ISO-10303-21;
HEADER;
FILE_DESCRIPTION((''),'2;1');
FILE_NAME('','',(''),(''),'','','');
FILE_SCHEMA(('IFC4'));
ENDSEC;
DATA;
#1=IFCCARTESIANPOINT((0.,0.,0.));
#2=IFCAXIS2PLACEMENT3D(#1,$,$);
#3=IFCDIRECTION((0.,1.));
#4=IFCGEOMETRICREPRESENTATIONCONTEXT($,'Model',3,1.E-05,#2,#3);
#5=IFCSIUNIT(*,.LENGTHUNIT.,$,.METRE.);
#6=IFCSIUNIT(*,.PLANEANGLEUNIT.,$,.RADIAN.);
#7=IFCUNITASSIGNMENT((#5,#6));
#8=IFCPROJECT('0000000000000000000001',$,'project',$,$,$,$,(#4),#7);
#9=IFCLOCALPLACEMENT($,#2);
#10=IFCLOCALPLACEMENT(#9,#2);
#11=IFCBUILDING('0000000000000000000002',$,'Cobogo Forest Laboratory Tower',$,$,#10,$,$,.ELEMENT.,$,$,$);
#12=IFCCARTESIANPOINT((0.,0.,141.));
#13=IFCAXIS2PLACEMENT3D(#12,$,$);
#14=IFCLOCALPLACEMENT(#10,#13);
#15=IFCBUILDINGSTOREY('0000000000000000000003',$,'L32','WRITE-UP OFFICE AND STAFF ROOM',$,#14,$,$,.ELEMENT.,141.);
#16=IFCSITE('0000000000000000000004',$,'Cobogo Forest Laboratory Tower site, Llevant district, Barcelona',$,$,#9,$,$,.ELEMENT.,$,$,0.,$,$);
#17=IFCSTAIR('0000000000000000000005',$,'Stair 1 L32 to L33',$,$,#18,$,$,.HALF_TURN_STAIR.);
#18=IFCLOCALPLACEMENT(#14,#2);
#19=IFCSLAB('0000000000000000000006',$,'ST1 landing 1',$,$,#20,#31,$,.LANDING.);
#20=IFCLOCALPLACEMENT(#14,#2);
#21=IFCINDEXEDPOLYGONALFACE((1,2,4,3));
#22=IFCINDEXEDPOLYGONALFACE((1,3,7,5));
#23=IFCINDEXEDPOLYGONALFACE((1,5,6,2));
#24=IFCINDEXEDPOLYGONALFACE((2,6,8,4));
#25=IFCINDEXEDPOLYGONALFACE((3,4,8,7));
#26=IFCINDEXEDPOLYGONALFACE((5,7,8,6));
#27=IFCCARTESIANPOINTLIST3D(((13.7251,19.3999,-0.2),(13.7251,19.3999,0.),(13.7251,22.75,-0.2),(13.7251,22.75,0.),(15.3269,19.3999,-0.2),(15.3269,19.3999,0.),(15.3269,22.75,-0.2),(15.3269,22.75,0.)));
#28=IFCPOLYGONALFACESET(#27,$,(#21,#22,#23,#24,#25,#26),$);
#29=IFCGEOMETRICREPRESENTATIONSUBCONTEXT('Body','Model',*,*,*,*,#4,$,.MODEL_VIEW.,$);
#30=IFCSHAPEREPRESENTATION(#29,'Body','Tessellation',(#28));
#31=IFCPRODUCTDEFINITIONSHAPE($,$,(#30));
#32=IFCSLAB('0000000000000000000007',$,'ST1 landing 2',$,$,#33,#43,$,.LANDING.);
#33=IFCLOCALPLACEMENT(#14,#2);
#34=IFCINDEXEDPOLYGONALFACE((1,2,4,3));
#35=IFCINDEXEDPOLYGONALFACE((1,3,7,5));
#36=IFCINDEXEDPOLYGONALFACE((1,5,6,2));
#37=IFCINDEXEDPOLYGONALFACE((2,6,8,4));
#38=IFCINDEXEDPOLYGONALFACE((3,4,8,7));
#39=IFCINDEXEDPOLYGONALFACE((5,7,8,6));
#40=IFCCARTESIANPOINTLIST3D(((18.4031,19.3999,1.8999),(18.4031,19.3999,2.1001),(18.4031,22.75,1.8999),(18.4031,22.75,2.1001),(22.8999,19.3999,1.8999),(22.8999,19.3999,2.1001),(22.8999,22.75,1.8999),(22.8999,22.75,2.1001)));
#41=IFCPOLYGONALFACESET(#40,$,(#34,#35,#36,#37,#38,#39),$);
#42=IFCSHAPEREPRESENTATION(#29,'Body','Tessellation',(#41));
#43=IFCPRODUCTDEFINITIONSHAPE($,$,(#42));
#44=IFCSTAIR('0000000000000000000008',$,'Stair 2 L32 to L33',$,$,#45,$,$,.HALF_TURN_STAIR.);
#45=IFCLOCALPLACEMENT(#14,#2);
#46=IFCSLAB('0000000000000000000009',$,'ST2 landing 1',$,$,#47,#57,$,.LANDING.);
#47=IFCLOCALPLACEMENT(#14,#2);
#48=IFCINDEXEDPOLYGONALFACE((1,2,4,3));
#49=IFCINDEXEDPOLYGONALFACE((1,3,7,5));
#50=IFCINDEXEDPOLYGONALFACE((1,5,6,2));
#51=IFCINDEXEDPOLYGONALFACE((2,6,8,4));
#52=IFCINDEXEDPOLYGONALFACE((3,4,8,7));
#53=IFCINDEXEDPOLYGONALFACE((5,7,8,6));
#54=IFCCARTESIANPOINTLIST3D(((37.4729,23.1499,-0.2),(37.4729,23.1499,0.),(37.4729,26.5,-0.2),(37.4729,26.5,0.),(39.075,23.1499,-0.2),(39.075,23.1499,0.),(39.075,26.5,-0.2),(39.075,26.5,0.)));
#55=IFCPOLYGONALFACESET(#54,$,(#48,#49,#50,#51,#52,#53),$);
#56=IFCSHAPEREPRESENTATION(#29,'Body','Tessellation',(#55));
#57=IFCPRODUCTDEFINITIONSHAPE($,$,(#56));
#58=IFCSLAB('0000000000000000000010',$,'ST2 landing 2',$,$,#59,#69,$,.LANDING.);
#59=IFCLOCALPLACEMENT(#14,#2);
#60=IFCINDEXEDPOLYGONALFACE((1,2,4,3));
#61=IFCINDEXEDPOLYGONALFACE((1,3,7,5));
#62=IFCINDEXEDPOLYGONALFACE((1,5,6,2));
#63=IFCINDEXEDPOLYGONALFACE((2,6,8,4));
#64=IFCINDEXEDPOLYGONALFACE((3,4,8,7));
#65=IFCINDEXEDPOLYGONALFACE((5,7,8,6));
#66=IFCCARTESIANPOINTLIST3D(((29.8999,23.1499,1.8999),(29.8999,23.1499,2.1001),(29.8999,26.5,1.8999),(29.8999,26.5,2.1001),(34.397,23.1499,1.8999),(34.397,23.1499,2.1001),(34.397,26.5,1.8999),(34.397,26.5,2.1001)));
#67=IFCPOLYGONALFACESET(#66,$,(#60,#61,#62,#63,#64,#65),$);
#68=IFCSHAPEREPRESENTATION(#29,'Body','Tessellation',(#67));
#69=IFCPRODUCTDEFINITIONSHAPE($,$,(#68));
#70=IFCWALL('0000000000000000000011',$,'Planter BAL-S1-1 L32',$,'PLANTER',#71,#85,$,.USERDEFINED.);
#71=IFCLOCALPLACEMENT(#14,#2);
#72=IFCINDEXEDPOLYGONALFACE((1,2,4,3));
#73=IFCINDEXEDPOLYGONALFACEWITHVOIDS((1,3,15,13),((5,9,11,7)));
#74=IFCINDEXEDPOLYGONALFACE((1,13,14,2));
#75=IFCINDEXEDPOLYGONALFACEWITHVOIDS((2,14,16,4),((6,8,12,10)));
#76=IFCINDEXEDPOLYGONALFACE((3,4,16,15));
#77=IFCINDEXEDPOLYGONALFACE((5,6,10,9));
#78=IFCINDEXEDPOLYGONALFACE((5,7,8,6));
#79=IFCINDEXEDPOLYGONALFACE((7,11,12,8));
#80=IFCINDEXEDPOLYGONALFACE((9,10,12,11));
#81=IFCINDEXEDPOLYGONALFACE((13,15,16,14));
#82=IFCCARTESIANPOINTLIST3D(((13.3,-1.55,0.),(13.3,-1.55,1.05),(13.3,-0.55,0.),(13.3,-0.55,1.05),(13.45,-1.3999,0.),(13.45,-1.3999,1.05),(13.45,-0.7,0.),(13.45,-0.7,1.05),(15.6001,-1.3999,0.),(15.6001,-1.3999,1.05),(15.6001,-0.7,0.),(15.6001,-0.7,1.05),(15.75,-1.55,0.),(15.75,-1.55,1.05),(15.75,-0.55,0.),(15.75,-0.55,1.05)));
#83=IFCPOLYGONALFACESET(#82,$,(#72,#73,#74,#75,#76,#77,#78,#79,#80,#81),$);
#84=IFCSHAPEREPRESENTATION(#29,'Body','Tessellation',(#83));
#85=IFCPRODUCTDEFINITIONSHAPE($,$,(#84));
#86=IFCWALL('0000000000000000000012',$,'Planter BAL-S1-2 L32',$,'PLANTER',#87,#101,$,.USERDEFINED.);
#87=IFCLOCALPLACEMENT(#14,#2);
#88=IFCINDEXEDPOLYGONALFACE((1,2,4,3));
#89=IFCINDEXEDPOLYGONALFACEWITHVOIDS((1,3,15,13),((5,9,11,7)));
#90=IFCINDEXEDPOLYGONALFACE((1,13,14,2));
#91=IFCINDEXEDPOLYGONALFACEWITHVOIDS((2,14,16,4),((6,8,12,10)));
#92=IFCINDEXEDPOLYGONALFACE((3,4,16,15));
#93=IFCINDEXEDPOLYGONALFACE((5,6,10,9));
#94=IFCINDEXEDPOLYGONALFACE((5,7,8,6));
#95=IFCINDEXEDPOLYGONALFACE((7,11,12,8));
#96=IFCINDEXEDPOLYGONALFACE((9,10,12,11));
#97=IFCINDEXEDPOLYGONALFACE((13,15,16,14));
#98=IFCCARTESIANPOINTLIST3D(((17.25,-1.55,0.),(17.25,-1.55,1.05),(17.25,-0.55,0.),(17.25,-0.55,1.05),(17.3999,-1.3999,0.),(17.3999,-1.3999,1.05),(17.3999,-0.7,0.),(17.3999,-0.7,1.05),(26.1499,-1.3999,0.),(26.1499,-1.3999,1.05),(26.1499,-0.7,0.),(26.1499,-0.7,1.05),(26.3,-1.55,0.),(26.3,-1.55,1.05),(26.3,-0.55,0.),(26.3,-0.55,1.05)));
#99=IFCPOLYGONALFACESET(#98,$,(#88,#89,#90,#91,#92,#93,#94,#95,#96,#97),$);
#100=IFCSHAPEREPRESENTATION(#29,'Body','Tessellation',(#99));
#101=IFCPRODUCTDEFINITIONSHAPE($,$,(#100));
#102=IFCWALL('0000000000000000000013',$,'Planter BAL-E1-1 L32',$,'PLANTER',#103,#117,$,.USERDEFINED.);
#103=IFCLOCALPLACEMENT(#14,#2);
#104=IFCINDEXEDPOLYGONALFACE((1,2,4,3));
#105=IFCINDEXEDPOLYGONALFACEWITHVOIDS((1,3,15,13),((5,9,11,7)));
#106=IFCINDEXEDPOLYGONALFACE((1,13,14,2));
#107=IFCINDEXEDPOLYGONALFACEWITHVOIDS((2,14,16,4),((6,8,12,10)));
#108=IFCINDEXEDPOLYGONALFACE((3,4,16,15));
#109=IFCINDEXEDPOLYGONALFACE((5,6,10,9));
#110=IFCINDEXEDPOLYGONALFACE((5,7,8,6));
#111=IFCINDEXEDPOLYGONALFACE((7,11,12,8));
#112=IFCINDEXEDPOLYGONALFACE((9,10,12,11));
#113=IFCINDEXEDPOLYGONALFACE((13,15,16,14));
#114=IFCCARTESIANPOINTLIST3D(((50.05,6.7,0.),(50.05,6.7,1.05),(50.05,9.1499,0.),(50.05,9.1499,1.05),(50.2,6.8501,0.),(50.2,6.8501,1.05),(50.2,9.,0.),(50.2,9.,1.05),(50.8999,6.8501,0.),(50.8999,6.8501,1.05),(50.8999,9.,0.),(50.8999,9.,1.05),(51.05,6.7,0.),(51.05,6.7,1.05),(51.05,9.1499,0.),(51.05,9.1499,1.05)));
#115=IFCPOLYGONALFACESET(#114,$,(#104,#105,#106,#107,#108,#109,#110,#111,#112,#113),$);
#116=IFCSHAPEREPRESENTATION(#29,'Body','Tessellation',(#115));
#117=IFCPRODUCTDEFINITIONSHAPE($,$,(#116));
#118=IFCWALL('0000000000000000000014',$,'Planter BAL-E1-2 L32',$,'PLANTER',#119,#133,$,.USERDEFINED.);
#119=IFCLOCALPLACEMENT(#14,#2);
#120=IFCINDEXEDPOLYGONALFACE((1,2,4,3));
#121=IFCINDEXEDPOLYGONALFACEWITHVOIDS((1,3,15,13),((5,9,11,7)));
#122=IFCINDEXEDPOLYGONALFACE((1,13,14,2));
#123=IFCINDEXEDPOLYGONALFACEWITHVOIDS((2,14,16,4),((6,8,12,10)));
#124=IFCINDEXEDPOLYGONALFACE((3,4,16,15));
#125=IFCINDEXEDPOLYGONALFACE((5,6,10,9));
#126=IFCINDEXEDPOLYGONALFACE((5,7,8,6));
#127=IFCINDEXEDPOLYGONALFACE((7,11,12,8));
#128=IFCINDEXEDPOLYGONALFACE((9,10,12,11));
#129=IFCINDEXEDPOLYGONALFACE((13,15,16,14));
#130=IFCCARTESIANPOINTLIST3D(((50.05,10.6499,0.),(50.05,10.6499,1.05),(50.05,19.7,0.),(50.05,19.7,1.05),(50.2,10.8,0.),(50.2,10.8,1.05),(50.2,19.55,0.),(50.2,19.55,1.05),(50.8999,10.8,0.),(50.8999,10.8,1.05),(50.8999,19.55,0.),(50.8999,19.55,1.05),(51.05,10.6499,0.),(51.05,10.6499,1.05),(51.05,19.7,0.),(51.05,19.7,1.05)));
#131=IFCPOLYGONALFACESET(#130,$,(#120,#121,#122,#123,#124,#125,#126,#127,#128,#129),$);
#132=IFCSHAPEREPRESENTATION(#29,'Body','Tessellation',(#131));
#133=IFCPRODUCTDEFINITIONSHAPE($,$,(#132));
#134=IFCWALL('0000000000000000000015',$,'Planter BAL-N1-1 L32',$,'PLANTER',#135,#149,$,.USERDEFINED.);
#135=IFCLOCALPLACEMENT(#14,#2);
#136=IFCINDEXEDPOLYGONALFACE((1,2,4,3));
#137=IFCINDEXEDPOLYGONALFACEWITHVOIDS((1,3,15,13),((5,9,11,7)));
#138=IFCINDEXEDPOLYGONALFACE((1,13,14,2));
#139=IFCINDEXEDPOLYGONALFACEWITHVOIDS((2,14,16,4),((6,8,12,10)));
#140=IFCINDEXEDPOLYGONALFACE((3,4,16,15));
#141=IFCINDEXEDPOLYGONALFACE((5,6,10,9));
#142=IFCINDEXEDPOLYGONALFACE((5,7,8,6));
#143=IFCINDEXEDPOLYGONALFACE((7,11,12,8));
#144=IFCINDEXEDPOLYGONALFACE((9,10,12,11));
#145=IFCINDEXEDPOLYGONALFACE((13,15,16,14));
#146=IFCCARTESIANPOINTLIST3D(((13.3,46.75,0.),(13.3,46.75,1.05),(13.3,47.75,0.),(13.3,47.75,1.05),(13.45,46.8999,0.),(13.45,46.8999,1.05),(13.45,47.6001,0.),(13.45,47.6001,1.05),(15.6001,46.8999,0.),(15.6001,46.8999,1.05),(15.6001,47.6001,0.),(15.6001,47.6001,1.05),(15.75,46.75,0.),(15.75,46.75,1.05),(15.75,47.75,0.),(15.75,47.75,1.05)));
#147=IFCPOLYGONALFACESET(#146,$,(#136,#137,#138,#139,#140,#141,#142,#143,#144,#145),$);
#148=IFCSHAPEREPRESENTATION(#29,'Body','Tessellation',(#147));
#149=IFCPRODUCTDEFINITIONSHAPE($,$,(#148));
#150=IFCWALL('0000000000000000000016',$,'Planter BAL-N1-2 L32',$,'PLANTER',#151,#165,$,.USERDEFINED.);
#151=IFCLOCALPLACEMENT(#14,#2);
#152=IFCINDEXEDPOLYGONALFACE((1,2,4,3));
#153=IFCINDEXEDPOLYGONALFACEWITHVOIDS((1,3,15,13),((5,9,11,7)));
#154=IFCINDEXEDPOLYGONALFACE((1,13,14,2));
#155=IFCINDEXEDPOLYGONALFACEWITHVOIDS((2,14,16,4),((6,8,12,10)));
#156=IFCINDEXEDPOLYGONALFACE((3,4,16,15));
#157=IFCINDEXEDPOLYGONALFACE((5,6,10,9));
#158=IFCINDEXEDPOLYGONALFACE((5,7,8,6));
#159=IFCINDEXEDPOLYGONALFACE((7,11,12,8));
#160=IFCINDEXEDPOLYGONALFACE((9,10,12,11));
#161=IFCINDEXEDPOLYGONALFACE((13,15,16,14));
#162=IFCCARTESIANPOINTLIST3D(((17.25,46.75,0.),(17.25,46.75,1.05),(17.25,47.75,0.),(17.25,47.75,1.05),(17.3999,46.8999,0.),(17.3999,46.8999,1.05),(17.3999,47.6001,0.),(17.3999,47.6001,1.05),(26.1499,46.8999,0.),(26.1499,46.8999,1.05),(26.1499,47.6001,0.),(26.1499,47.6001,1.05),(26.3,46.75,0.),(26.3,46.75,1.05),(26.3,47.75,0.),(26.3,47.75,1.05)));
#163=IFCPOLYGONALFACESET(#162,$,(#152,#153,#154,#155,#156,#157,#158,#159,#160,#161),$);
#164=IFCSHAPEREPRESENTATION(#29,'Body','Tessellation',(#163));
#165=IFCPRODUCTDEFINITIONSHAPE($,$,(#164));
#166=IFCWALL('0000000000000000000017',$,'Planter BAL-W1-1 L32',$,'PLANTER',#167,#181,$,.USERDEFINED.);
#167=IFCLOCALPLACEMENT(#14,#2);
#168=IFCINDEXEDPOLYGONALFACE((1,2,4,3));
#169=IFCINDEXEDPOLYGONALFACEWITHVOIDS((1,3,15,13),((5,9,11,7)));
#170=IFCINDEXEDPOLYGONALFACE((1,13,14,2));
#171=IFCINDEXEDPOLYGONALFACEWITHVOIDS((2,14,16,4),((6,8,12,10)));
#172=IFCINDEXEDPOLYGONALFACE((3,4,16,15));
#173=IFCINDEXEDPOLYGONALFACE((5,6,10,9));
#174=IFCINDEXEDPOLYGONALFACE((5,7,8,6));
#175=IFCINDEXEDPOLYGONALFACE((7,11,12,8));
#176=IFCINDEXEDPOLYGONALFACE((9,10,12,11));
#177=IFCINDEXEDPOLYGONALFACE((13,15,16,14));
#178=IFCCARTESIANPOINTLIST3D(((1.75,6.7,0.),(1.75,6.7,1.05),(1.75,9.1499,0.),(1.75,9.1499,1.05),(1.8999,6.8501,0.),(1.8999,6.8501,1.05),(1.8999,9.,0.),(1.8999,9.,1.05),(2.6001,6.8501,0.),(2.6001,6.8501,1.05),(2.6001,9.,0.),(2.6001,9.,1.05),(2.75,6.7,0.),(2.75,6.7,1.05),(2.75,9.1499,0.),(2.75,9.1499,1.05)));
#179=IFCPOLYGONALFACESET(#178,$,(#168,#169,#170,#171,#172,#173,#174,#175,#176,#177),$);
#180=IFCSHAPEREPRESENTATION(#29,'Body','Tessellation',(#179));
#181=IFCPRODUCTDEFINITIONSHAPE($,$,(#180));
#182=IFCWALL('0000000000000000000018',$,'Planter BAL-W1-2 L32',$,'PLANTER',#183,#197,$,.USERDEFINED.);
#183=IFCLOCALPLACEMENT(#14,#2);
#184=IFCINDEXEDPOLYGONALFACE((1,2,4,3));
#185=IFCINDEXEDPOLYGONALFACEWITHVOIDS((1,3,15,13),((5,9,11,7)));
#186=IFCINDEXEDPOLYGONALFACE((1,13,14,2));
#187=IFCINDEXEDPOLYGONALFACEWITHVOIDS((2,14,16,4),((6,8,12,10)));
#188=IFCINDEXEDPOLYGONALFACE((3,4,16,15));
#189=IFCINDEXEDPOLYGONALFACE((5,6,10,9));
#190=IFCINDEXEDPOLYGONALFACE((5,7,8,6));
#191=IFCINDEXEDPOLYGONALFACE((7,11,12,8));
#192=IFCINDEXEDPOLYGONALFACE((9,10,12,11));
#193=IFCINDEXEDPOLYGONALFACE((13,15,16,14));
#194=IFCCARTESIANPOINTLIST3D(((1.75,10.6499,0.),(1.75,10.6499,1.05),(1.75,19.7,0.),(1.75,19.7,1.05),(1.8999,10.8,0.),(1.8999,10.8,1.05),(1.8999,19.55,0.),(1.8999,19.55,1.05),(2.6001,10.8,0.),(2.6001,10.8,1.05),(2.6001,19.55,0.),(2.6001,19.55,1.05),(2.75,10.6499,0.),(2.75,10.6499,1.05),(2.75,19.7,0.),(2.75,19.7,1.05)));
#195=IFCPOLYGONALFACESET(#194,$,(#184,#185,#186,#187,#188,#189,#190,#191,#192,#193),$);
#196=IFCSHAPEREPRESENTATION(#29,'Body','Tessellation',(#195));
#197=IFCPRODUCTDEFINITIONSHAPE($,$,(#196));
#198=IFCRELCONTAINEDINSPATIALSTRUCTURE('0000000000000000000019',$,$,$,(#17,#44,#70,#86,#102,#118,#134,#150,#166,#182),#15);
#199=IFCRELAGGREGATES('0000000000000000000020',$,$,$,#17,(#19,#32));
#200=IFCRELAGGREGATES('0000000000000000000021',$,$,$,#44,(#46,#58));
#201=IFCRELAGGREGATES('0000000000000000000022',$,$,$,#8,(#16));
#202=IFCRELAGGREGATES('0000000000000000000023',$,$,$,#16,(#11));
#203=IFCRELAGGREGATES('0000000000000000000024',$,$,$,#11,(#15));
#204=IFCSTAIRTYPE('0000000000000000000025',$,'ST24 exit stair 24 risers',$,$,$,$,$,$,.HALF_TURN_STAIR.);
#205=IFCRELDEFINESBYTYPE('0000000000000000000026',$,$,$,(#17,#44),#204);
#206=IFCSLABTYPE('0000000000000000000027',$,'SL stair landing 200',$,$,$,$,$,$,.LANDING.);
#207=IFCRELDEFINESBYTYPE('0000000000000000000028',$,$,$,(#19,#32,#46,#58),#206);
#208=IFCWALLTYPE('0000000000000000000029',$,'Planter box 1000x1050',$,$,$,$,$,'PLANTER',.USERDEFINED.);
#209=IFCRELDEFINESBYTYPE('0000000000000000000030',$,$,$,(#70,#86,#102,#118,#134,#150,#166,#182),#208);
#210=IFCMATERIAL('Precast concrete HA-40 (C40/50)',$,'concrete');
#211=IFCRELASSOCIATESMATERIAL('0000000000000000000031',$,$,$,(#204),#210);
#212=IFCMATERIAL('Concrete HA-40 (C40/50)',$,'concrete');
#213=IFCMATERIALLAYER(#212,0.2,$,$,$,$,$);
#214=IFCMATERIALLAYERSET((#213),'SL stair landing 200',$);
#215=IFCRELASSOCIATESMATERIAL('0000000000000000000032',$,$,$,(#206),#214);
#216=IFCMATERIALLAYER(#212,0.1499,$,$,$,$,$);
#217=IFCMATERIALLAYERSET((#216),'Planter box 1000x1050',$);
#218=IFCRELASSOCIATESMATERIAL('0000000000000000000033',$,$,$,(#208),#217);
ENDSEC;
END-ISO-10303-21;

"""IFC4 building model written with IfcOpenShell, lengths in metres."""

from ifc_helpers import new_model, si_unit, direction, frame, origin, place, context, subcontext, project, spatial, polyline, outline, extrude, material, layer, layer_set, type_object, element, aggregate, save


model = new_model("IFC4")

# Units and contexts
model_context = context("Model", 3, precision=1e-05, world=origin(), true_north=direction((0.0, 1.0)))
body_context = subcontext(model_context, "Body", "Model", "MODEL_VIEW")
ifc_project = project(units=[si_unit("LENGTHUNIT", "METRE"), si_unit("PLANEANGLEUNIT", "RADIAN")], contexts=[model_context])

# Site, building, storey
site_placement = place(None, origin())
site = spatial("IfcSite", under=ifc_project, at=site_placement, Name="Cobogo Forest Laboratory Tower site, Llevant district, Barcelona", CompositionType="ELEMENT", RefElevation=0.0)
building_placement = place(site_placement, origin())
building = spatial("IfcBuilding", under=site, at=building_placement, Name="Cobogo Forest Laboratory Tower", CompositionType="ELEMENT")
storey_placement = place(building_placement, frame((0.0, 0.0, 141.0)))
storey = spatial("IfcBuildingStorey", under=building, at=storey_placement, Name="L32", Description="WRITE-UP OFFICE AND STAFF ROOM", CompositionType="ELEMENT", Elevation=141.0)

# Shared definitions
ifc_material_1 = material(Name="Concrete HA-40 (C40/50)", Category="concrete")

# Stairs, slabs
ifc_material_2 = material(Name="Precast concrete HA-40 (C40/50)", Category="concrete")
stair_type = type_object("IfcStairType", Name="ST24 exit stair 24 risers", PredefinedType="HALF_TURN_STAIR", material=ifc_material_2)
stair_1_placement = place(storey_placement, origin())
stair_1 = element("IfcStair", 1, at=stair_1_placement, inside=storey, type_object=stair_type, Name="Stair 1 L32 to L33", PredefinedType="HALF_TURN_STAIR")
ifc_layer_1 = layer(ifc_material_1, 0.2)
ifc_layer_set_1 = layer_set([ifc_layer_1], Name="SL stair landing 200")
slab_type_1 = type_object("IfcSlabType", Name="SL stair landing 200", PredefinedType="LANDING", material=ifc_layer_set_1)
slab_1_placement = place(storey_placement, frame((0.0, 0.0, -0.2)))
slab_1 = element("IfcSlab", 2, at=slab_1_placement, type_object=slab_type_1, Name="ST1 landing 1", PredefinedType="LANDING", context=body_context, shape_type="SweptSolid", body=[
    extrude(outline(polyline([(13.7251, 19.3999), (15.3269, 19.3999), (15.3269, 22.75), (13.7251, 22.75), (13.7251, 19.3999)])), origin(), (0.0, 0.0, 1.0), 0.2),
])
slab_2_placement = place(storey_placement, frame((0.0, 0.0, 1.8999)))
slab_2 = element("IfcSlab", 3, at=slab_2_placement, type_object=slab_type_1, Name="ST1 landing 2", PredefinedType="LANDING", context=body_context, shape_type="SweptSolid", body=[
    extrude(outline(polyline([(18.4031, 19.3999), (22.8999, 19.3999), (22.8999, 22.75), (18.4031, 22.75), (18.4031, 19.3999)])), origin(), (0.0, 0.0, 1.0), 0.2002),
])
aggregate(stair_1, [slab_1, slab_2])
stair_2_placement = place(storey_placement, origin())
stair_2 = element("IfcStair", 4, at=stair_2_placement, inside=storey, type_object=stair_type, Name="Stair 2 L32 to L33", PredefinedType="HALF_TURN_STAIR")
slab_3_placement = place(storey_placement, frame((0.0, 0.0, -0.2)))
slab_3 = element("IfcSlab", 5, at=slab_3_placement, type_object=slab_type_1, Name="ST2 landing 1", PredefinedType="LANDING", context=body_context, shape_type="SweptSolid", body=[
    extrude(outline(polyline([(37.4729, 23.1499), (39.075, 23.1499), (39.075, 26.5), (37.4729, 26.5), (37.4729, 23.1499)])), origin(), (0.0, 0.0, 1.0), 0.2),
])
slab_4_placement = place(storey_placement, frame((0.0, 0.0, 1.8999)))
slab_4 = element("IfcSlab", 6, at=slab_4_placement, type_object=slab_type_1, Name="ST2 landing 2", PredefinedType="LANDING", context=body_context, shape_type="SweptSolid", body=[
    extrude(outline(polyline([(29.8999, 23.1499), (34.397, 23.1499), (34.397, 26.5), (29.8999, 26.5), (29.8999, 23.1499)])), origin(), (0.0, 0.0, 1.0), 0.2002),
])
aggregate(stair_2, [slab_3, slab_4])

# Walls
ifc_layer_2 = layer(ifc_material_1, 0.1499)
ifc_layer_set_2 = layer_set([ifc_layer_2], Name="Planter box 1000x1050")
wall_type = type_object("IfcWallType", Name="Planter box 1000x1050", ElementType="PLANTER", PredefinedType="USERDEFINED", material=ifc_layer_set_2)
wall_1_placement = place(storey_placement, origin())
element("IfcWall", 7, at=wall_1_placement, inside=storey, type_object=wall_type, Name="Planter BAL-S1-1 L32", ObjectType="PLANTER", PredefinedType="USERDEFINED", context=body_context, shape_type="SweptSolid", body=[
    extrude(outline(polyline([(13.3, -1.55), (15.75, -1.55), (15.75, -0.55), (13.3, -0.55), (13.3, -1.55)]), holes=[polyline([(13.45, -1.3999), (15.6001, -1.3999), (15.6001, -0.7), (13.45, -0.7), (13.45, -1.3999)])]), origin(), (0.0, 0.0, 1.0), 1.05),
])
wall_2_placement = place(storey_placement, origin())
element("IfcWall", 8, at=wall_2_placement, inside=storey, type_object=wall_type, Name="Planter BAL-S1-2 L32", ObjectType="PLANTER", PredefinedType="USERDEFINED", context=body_context, shape_type="SweptSolid", body=[
    extrude(outline(polyline([(17.25, -1.55), (26.3, -1.55), (26.3, -0.55), (17.25, -0.55), (17.25, -1.55)]), holes=[polyline([(17.3999, -1.3999), (26.1499, -1.3999), (26.1499, -0.7), (17.3999, -0.7), (17.3999, -1.3999)])]), origin(), (0.0, 0.0, 1.0), 1.05),
])
wall_3_placement = place(storey_placement, origin())
element("IfcWall", 9, at=wall_3_placement, inside=storey, type_object=wall_type, Name="Planter BAL-E1-1 L32", ObjectType="PLANTER", PredefinedType="USERDEFINED", context=body_context, shape_type="SweptSolid", body=[
    extrude(outline(polyline([(50.05, 6.7), (51.05, 6.7), (51.05, 9.1499), (50.05, 9.1499), (50.05, 6.7)]), holes=[polyline([(50.2, 6.8501), (50.8999, 6.8501), (50.8999, 9.0), (50.2, 9.0), (50.2, 6.8501)])]), origin(), (0.0, 0.0, 1.0), 1.05),
])
wall_4_placement = place(storey_placement, origin())
element("IfcWall", 10, at=wall_4_placement, inside=storey, type_object=wall_type, Name="Planter BAL-E1-2 L32", ObjectType="PLANTER", PredefinedType="USERDEFINED", context=body_context, shape_type="SweptSolid", body=[
    extrude(outline(polyline([(50.05, 10.6499), (51.05, 10.6499), (51.05, 19.7), (50.05, 19.7), (50.05, 10.6499)]), holes=[polyline([(50.2, 10.8), (50.8999, 10.8), (50.8999, 19.55), (50.2, 19.55), (50.2, 10.8)])]), origin(), (0.0, 0.0, 1.0), 1.05),
])
wall_5_placement = place(storey_placement, origin())
element("IfcWall", 11, at=wall_5_placement, inside=storey, type_object=wall_type, Name="Planter BAL-N1-1 L32", ObjectType="PLANTER", PredefinedType="USERDEFINED", context=body_context, shape_type="SweptSolid", body=[
    extrude(outline(polyline([(13.3, 46.75), (15.75, 46.75), (15.75, 47.75), (13.3, 47.75), (13.3, 46.75)]), holes=[polyline([(13.45, 46.8999), (15.6001, 46.8999), (15.6001, 47.6001), (13.45, 47.6001), (13.45, 46.8999)])]), origin(), (0.0, 0.0, 1.0), 1.05),
])
wall_6_placement = place(storey_placement, origin())
element("IfcWall", 12, at=wall_6_placement, inside=storey, type_object=wall_type, Name="Planter BAL-N1-2 L32", ObjectType="PLANTER", PredefinedType="USERDEFINED", context=body_context, shape_type="SweptSolid", body=[
    extrude(outline(polyline([(17.25, 46.75), (26.3, 46.75), (26.3, 47.75), (17.25, 47.75), (17.25, 46.75)]), holes=[polyline([(17.3999, 46.8999), (26.1499, 46.8999), (26.1499, 47.6001), (17.3999, 47.6001), (17.3999, 46.8999)])]), origin(), (0.0, 0.0, 1.0), 1.05),
])
wall_7_placement = place(storey_placement, origin())
element("IfcWall", 13, at=wall_7_placement, inside=storey, type_object=wall_type, Name="Planter BAL-W1-1 L32", ObjectType="PLANTER", PredefinedType="USERDEFINED", context=body_context, shape_type="SweptSolid", body=[
    extrude(outline(polyline([(1.75, 6.7), (2.75, 6.7), (2.75, 9.1499), (1.75, 9.1499), (1.75, 6.7)]), holes=[polyline([(1.8999, 6.8501), (2.6001, 6.8501), (2.6001, 9.0), (1.8999, 9.0), (1.8999, 6.8501)])]), origin(), (0.0, 0.0, 1.0), 1.05),
])
wall_8_placement = place(storey_placement, origin())
element("IfcWall", 14, at=wall_8_placement, inside=storey, type_object=wall_type, Name="Planter BAL-W1-2 L32", ObjectType="PLANTER", PredefinedType="USERDEFINED", context=body_context, shape_type="SweptSolid", body=[
    extrude(outline(polyline([(1.75, 10.6499), (2.75, 10.6499), (2.75, 19.7), (1.75, 19.7), (1.75, 10.6499)]), holes=[polyline([(1.8999, 10.8), (2.6001, 10.8), (2.6001, 19.55), (1.8999, 19.55), (1.8999, 10.8)])]), origin(), (0.0, 0.0, 1.0), 1.05),
])

save(model, "model.ifc")
